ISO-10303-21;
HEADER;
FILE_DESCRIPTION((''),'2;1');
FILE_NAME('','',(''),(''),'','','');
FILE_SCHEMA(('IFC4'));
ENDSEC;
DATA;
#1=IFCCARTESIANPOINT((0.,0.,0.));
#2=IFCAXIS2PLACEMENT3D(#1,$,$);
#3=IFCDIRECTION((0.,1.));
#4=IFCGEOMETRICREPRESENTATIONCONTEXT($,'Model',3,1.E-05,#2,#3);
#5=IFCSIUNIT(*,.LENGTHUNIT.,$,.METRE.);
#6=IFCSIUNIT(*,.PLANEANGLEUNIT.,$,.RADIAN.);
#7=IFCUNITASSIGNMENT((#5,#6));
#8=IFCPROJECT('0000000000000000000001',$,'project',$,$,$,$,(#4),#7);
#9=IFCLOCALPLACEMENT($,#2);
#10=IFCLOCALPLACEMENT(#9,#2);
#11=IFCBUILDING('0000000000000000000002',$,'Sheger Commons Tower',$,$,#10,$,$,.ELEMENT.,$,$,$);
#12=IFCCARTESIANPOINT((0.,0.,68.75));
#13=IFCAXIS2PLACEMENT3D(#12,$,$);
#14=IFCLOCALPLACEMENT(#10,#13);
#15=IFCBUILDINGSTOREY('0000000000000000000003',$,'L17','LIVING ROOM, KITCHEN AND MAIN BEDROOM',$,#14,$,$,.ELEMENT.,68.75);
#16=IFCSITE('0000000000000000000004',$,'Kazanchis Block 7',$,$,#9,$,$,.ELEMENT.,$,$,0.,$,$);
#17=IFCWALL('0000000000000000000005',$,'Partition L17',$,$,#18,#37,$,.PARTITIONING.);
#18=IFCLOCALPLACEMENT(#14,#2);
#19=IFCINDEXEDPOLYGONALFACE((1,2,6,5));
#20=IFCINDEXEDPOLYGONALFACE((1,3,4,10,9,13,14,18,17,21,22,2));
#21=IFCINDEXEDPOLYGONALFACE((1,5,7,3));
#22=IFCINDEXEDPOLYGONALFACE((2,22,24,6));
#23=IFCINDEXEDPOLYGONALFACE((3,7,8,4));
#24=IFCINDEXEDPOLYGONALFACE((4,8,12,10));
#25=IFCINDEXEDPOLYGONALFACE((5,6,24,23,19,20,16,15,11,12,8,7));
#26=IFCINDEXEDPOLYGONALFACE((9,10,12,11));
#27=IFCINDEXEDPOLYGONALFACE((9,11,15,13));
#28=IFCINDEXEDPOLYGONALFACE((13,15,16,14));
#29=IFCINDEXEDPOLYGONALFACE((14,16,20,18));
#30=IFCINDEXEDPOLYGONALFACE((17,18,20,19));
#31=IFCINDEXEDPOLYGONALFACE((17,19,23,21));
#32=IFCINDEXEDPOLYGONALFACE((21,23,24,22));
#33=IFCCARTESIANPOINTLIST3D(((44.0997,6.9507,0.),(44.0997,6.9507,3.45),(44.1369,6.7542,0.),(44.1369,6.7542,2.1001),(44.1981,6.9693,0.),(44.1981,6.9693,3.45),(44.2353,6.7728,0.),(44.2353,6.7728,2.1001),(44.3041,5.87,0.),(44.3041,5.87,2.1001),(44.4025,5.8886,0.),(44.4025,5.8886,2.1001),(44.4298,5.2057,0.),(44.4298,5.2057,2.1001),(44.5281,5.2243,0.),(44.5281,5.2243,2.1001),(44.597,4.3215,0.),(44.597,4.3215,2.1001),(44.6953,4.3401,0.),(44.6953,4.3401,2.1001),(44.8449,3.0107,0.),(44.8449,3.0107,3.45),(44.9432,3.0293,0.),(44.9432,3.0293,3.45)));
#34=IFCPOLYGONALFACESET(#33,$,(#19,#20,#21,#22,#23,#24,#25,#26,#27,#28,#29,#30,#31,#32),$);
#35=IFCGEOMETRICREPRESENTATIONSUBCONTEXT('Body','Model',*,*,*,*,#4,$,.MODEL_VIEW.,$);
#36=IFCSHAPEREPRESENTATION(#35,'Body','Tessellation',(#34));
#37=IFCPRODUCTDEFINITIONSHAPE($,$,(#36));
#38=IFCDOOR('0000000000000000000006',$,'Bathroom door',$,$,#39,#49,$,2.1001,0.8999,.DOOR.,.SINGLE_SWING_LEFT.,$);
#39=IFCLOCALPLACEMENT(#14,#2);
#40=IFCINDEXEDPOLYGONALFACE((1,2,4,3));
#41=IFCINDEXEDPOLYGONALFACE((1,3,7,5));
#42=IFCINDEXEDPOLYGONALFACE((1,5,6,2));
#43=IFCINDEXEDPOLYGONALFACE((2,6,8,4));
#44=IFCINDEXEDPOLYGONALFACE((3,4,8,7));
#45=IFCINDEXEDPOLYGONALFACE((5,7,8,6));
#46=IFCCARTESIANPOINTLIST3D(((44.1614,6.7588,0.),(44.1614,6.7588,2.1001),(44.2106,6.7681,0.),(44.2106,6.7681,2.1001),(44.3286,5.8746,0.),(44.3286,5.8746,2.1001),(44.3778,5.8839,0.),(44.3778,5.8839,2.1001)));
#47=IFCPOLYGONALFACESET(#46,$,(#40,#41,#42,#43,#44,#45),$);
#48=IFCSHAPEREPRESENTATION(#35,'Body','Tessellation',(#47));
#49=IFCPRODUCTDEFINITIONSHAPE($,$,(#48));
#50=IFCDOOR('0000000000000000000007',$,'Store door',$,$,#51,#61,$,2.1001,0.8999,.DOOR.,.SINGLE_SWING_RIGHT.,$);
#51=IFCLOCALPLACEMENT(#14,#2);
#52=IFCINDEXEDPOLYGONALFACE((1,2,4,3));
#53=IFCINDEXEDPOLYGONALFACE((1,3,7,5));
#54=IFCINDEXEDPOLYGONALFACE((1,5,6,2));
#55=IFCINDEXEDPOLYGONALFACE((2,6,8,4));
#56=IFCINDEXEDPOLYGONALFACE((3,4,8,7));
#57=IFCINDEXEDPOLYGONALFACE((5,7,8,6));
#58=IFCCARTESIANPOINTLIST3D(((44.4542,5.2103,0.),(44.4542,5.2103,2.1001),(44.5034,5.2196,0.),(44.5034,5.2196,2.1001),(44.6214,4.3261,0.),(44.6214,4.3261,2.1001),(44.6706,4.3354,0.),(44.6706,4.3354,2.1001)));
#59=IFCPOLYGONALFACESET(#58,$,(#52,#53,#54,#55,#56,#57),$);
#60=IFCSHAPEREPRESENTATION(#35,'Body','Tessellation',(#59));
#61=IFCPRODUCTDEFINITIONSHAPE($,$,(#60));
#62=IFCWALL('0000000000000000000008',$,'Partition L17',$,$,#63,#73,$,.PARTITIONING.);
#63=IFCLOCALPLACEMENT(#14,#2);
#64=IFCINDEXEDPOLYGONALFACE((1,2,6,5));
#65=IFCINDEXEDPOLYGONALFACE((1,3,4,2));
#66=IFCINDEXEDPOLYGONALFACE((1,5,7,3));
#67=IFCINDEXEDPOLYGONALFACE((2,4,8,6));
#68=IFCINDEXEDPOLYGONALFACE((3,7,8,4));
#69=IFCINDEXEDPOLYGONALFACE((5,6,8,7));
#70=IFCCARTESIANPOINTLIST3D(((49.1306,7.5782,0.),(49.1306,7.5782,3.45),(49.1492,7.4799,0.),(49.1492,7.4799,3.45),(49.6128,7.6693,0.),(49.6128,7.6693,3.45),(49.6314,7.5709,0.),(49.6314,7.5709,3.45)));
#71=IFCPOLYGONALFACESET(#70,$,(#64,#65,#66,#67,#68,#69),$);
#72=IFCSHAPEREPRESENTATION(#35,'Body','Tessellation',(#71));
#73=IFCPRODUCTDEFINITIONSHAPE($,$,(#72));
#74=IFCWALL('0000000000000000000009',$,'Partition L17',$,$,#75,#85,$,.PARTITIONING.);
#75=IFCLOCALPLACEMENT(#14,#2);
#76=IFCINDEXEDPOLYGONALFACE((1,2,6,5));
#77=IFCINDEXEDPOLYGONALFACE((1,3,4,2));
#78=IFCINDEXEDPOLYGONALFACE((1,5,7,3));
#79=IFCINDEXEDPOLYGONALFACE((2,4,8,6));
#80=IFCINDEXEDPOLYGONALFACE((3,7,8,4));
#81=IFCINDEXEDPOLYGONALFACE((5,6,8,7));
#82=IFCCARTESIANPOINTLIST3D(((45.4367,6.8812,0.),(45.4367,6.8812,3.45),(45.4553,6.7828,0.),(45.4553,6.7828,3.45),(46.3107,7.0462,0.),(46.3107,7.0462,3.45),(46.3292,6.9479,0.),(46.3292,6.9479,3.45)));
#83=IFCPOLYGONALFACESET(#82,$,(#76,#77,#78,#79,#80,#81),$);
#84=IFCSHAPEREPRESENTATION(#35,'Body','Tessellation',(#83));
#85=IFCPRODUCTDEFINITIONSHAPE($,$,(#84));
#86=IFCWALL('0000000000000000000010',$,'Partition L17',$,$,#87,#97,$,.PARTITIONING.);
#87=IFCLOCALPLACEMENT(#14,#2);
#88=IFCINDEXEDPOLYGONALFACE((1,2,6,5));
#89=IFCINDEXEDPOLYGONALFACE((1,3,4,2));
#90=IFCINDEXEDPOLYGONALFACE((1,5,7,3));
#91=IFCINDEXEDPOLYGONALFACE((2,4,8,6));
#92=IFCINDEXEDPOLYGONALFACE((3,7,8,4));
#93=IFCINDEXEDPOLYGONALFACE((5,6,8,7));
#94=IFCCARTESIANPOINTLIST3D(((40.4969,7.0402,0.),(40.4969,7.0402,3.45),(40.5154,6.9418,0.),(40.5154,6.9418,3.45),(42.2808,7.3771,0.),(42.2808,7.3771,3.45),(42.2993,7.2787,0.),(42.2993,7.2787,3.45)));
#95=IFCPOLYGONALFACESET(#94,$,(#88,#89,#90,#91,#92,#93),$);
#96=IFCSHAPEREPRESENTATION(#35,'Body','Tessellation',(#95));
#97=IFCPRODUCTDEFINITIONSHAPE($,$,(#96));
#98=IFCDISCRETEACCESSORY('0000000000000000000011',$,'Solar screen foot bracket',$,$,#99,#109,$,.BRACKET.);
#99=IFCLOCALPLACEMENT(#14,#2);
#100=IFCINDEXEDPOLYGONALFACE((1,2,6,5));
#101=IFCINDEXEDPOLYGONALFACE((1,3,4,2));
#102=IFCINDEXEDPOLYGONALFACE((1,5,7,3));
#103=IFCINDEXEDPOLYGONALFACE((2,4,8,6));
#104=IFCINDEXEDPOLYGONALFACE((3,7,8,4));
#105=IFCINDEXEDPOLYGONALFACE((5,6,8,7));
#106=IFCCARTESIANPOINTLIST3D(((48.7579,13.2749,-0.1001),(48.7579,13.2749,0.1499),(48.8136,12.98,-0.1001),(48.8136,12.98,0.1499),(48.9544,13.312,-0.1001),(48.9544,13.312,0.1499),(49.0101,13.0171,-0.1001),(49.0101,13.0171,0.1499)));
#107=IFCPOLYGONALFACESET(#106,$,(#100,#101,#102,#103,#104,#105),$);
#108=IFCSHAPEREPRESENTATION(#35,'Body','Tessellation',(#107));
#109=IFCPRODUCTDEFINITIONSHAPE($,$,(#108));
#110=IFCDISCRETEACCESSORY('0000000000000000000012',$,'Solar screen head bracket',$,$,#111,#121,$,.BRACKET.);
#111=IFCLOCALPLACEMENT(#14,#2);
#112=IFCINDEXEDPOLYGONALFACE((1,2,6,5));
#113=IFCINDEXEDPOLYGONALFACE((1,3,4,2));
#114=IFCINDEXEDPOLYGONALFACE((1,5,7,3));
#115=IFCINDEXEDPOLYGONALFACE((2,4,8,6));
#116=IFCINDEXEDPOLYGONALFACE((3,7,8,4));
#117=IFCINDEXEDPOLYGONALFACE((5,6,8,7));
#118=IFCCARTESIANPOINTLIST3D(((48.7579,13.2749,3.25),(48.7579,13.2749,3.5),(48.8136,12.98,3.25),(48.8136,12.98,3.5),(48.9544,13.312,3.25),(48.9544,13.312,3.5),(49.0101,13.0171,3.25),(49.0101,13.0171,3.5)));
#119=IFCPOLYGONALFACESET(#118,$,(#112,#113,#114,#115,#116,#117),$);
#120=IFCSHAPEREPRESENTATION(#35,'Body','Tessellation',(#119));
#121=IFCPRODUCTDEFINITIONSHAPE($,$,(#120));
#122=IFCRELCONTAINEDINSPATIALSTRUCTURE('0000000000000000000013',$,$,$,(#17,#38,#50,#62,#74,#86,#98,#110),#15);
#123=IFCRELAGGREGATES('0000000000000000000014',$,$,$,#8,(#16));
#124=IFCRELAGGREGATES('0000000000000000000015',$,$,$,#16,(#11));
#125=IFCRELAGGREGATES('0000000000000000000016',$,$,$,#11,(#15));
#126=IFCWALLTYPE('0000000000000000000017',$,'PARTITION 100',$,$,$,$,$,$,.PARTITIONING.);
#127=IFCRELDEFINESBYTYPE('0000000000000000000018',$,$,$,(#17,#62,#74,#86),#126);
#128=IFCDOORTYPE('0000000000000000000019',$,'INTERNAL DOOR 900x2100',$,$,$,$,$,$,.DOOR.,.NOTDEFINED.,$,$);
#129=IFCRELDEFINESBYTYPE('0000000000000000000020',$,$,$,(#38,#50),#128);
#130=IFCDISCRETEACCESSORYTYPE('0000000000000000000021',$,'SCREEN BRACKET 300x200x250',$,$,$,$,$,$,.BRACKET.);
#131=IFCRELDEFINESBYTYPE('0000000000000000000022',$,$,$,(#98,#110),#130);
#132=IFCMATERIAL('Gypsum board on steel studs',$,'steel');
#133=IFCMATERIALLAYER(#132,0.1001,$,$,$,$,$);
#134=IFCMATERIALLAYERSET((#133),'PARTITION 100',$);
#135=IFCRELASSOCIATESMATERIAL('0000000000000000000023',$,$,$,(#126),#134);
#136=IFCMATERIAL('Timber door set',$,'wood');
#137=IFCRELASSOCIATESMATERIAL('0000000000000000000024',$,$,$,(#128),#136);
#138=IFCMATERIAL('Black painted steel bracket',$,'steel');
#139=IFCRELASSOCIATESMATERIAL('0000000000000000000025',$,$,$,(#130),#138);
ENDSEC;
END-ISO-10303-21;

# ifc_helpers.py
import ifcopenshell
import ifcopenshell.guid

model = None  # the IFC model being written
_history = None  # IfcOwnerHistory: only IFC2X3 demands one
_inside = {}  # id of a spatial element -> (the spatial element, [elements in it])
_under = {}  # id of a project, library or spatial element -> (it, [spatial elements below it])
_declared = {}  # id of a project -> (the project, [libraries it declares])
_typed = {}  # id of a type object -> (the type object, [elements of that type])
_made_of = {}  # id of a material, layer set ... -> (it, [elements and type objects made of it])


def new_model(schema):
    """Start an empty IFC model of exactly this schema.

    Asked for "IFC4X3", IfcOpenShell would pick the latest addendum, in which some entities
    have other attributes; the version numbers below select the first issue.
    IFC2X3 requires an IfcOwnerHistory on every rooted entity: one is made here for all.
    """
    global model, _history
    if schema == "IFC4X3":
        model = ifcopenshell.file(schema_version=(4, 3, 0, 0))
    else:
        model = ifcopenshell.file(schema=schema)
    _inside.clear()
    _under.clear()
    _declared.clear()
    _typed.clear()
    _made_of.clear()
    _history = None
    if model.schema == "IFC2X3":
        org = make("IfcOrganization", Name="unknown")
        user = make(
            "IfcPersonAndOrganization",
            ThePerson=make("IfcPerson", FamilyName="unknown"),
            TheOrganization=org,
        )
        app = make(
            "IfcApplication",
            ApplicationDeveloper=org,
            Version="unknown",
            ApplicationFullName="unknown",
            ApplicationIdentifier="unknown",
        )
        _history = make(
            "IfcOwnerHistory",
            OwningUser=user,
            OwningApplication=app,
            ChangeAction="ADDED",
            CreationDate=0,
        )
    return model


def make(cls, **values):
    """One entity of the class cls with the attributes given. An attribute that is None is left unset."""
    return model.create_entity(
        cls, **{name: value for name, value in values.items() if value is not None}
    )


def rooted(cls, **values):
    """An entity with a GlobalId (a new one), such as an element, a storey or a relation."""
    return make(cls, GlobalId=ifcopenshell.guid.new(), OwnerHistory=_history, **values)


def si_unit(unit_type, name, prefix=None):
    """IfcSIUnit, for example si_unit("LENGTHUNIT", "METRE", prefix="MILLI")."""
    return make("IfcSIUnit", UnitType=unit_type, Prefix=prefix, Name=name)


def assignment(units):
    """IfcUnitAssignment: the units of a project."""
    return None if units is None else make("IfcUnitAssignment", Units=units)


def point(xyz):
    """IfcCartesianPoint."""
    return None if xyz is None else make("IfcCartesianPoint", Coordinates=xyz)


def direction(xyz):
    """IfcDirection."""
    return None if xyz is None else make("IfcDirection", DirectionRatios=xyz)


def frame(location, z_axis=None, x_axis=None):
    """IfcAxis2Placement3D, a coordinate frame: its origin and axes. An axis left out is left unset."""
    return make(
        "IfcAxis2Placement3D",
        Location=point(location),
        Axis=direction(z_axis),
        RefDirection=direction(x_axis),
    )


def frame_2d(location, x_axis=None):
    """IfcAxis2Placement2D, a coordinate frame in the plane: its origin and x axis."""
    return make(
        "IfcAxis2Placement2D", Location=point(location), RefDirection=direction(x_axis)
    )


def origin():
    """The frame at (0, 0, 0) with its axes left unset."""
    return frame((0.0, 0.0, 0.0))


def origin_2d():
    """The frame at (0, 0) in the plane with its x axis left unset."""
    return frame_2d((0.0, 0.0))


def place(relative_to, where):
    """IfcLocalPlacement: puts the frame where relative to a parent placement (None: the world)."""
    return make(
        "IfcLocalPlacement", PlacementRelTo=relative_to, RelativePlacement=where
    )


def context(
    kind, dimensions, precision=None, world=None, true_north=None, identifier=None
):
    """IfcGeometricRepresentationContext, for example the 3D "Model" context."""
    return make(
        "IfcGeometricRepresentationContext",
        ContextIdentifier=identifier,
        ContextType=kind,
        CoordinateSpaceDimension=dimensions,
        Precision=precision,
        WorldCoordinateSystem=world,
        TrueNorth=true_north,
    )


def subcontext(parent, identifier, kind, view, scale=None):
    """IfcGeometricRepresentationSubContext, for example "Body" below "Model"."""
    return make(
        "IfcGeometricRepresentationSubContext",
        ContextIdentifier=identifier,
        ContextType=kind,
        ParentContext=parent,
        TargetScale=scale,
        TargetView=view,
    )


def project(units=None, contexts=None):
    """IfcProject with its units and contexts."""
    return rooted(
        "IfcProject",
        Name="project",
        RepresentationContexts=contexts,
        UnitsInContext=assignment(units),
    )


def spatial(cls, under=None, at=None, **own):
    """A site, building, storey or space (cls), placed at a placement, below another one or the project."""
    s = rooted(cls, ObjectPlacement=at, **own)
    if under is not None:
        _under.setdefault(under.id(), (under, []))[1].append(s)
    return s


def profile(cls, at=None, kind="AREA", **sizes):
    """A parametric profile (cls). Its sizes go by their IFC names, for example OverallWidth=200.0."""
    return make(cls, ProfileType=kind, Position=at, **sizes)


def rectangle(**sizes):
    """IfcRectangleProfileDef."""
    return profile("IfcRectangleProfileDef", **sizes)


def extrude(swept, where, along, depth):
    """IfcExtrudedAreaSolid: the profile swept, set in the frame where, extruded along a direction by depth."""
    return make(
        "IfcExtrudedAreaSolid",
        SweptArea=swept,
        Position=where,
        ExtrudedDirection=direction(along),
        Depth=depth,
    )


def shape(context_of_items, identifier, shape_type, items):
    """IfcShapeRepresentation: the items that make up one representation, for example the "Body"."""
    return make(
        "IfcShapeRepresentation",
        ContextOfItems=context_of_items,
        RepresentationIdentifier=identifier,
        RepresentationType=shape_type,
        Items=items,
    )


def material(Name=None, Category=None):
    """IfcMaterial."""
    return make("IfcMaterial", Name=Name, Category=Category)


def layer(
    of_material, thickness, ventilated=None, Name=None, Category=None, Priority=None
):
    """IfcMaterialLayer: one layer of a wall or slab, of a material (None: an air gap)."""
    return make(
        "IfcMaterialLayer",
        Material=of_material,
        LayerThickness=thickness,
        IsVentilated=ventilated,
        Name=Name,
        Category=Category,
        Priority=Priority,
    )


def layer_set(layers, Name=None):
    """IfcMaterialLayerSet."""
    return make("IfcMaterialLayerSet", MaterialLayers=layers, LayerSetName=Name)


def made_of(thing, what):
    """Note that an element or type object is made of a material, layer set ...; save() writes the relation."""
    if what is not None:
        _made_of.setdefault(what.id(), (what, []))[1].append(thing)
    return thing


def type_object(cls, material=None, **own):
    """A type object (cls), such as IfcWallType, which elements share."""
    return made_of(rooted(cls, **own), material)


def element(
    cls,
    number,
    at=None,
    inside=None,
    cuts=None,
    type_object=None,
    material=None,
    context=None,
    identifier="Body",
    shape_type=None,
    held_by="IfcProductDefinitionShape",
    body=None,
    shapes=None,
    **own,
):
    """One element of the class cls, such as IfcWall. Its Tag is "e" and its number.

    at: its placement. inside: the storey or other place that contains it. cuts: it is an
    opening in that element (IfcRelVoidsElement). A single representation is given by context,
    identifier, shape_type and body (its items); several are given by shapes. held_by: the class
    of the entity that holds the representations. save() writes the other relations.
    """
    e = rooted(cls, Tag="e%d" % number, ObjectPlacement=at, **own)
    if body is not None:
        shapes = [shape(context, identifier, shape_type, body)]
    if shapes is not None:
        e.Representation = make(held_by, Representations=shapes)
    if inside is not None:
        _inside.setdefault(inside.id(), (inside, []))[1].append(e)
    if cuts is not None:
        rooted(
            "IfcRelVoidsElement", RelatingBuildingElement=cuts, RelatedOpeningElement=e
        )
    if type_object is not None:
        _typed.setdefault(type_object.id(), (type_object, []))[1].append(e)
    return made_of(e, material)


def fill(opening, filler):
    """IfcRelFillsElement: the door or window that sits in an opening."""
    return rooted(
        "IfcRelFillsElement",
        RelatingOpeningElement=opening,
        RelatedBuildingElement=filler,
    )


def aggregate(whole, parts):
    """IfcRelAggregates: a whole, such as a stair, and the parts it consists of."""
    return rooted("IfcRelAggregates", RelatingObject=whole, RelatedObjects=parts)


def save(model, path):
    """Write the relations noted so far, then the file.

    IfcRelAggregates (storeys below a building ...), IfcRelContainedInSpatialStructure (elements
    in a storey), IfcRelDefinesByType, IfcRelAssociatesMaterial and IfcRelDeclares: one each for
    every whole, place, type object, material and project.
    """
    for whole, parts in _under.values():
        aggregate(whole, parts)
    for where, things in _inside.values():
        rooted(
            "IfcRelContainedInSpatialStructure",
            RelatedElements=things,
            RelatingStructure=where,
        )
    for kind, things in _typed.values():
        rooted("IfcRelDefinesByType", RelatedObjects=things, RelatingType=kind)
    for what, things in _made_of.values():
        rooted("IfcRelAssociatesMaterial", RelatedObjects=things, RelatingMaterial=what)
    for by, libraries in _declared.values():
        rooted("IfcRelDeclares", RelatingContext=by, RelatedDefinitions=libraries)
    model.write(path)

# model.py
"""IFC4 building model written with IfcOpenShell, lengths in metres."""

from ifc_helpers import new_model, si_unit, direction, frame, frame_2d, origin, origin_2d, place, context, subcontext, project, spatial, rectangle, extrude, material, layer, layer_set, type_object, element, fill, save


model = new_model("IFC4")

# Units and contexts
model_context = context("Model", 3, precision=1e-05, world=origin(), true_north=direction((0.0, 1.0)))
body_context = subcontext(model_context, "Body", "Model", "MODEL_VIEW")
ifc_project = project(units=[si_unit("LENGTHUNIT", "METRE"), si_unit("PLANEANGLEUNIT", "RADIAN")], contexts=[model_context])

# Site, building, storey
site_placement = place(None, origin())
site = spatial("IfcSite", under=ifc_project, at=site_placement, Name="Kazanchis Block 7", CompositionType="ELEMENT", RefElevation=0.0)
building_placement = place(site_placement, origin())
building = spatial("IfcBuilding", under=site, at=building_placement, Name="Sheger Commons Tower", CompositionType="ELEMENT")
storey_placement = place(building_placement, frame((0.0, 0.0, 68.75)))
storey = spatial("IfcBuildingStorey", under=building, at=storey_placement, Name="L17", Description="LIVING ROOM, KITCHEN AND MAIN BEDROOM", CompositionType="ELEMENT", Elevation=68.75)

# Wall, openings, doors
ifc_material_1 = material(Name="Gypsum board on steel studs", Category="steel")
ifc_layer_1 = layer(ifc_material_1, 0.1001)
ifc_layer_set_1 = layer_set([ifc_layer_1], Name="PARTITION 100")
wall_type_1 = type_object("IfcWallType", Name="PARTITION 100", PredefinedType="PARTITIONING", material=ifc_layer_set_1)
wall_1_placement = place(storey_placement, frame((44.1489, 6.96, 0.0), z_axis=(0.0, 0.0, 1.0), x_axis=(0.185825, -0.982583, 0.0)))
wall_1 = element("IfcWall", 1, at=wall_1_placement, inside=storey, type_object=wall_type_1, Name="Partition L17", PredefinedType="PARTITIONING", context=body_context, shape_type="SweptSolid", body=[
    extrude(rectangle(XDim=4.0098, YDim=0.1001, at=frame_2d((2.0049, 0.0))), origin(), (0.0, 0.0, 1.0), 3.45),
])
opening_1_placement = place(wall_1_placement, frame((0.2, 0.0, 0.0)))
opening_1 = element("IfcOpeningElement", 2, at=opening_1_placement, cuts=wall_1, PredefinedType="OPENING", context=body_context, shape_type="SweptSolid", body=[
    extrude(rectangle(XDim=0.8999, YDim=2.1001, at=frame_2d((0.45, 1.05))), frame((0.0, 0.0601, 0.0), z_axis=(0.0, -1.0, 0.0), x_axis=(1.0, 0.0, 0.0)), (0.0, 0.0, 1.0), 0.1201),
])
opening_2_placement = place(wall_1_placement, frame((1.7759, 0.0, 0.0)))
opening_2 = element("IfcOpeningElement", 3, at=opening_2_placement, cuts=wall_1, PredefinedType="OPENING", context=body_context, shape_type="SweptSolid", body=[
    extrude(rectangle(XDim=0.8999, YDim=2.1001, at=frame_2d((0.45, 1.05))), frame((0.0, 0.0601, 0.0), z_axis=(0.0, -1.0, 0.0), x_axis=(1.0, 0.0, 0.0)), (0.0, 0.0, 1.0), 0.1201),
])
ifc_material_2 = material(Name="Timber door set", Category="wood")
door_type_1 = type_object("IfcDoorType", Name="INTERNAL DOOR 900x2100", OperationType="NOTDEFINED", PredefinedType="DOOR", material=ifc_material_2)
door_1_placement = place(opening_1_placement, origin())
door_1 = element("IfcDoor", 4, at=door_1_placement, inside=storey, type_object=door_type_1, Name="Bathroom door", OperationType="SINGLE_SWING_LEFT", OverallHeight=2.1001, OverallWidth=0.8999, PredefinedType="DOOR", context=body_context, shape_type="SweptSolid", body=[
    extrude(rectangle(XDim=0.8999, YDim=2.1001, at=frame_2d((0.45, 1.05))), frame((0.0, 0.0249, 0.0), z_axis=(0.0, -1.0, 0.0), x_axis=(1.0, 0.0, 0.0)), (0.0, 0.0, 1.0), 0.05),
])
fill(opening_1, door_1)
door_2_placement = place(opening_2_placement, origin())
door_2 = element("IfcDoor", 5, at=door_2_placement, inside=storey, type_object=door_type_1, Name="Store door", OperationType="SINGLE_SWING_RIGHT", OverallHeight=2.1001, OverallWidth=0.8999, PredefinedType="DOOR", context=body_context, shape_type="SweptSolid", body=[
    extrude(rectangle(XDim=0.8999, YDim=2.1001, at=frame_2d((0.45, 1.05))), frame((0.0, 0.0249, 0.0), z_axis=(0.0, -1.0, 0.0), x_axis=(1.0, 0.0, 0.0)), (0.0, 0.0, 1.0), 0.05),
])
fill(opening_2, door_2)

# Walls
wall_2_placement = place(storey_placement, frame((49.6221, 7.6201, 0.0), z_axis=(0.0, 0.0, 1.0), x_axis=(-0.982629, -0.18558, 0.0)))
element("IfcWall", 6, at=wall_2_placement, inside=storey, type_object=wall_type_1, Name="Partition L17", PredefinedType="PARTITIONING", context=body_context, shape_type="SweptSolid", body=[
    extrude(rectangle(XDim=0.4907, YDim=0.1001, at=frame_2d((0.2454, 0.0))), origin(), (0.0, 0.0, 1.0), 3.45),
])
wall_3_placement = place(storey_placement, frame((46.3201, 6.9971, 0.0), z_axis=(0.0, 0.0, 1.0), x_axis=(-0.982635, -0.185548, 0.0)))
element("IfcWall", 7, at=wall_3_placement, inside=storey, type_object=wall_type_1, Name="Partition L17", PredefinedType="PARTITIONING", context=body_context, shape_type="SweptSolid", body=[
    extrude(rectangle(XDim=0.8894, YDim=0.1001, at=frame_2d((0.4448, 0.0))), origin(), (0.0, 0.0, 1.0), 3.45),
])
wall_4_placement = place(storey_placement, frame((42.29, 7.3279, 0.0), z_axis=(0.0, 0.0, 1.0), x_axis=(-0.982629, -0.185579, 0.0)))
element("IfcWall", 8, at=wall_4_placement, inside=storey, type_object=wall_type_1, Name="Partition L17", PredefinedType="PARTITIONING", context=body_context, shape_type="SweptSolid", body=[
    extrude(rectangle(XDim=1.8154, YDim=0.1001, at=frame_2d((0.9077, 0.0))), origin(), (0.0, 0.0, 1.0), 3.45),
])

# Discrete accessories
ifc_material_3 = material(Name="Black painted steel bracket", Category="steel")
discrete_accessory_type = type_object("IfcDiscreteAccessoryType", Name="SCREEN BRACKET 300x200x250", PredefinedType="BRACKET", material=ifc_material_3)
for number, where, z_axis, x_axis, name in (
    (9, (48.884, 13.146, -0.1001), (0.0, 0.0, 1.0), (-0.185615, 0.982623, 0.0), "Solar screen foot bracket"),
    (10, (48.884, 13.146, 3.25), (0.0, 0.0, 1.0), (-0.185615, 0.982623, 0.0), "Solar screen head bracket"),
):
    element("IfcDiscreteAccessory", number, at=place(storey_placement, frame(where, z_axis=z_axis, x_axis=x_axis)), inside=storey, type_object=discrete_accessory_type, Name=name, PredefinedType="BRACKET", context=body_context, shape_type="SweptSolid", body=[
        extrude(rectangle(XDim=0.3, YDim=0.2, at=origin_2d()), origin(), (0.0, 0.0, 1.0), 0.25),
    ])

save(model, "model.ifc")
